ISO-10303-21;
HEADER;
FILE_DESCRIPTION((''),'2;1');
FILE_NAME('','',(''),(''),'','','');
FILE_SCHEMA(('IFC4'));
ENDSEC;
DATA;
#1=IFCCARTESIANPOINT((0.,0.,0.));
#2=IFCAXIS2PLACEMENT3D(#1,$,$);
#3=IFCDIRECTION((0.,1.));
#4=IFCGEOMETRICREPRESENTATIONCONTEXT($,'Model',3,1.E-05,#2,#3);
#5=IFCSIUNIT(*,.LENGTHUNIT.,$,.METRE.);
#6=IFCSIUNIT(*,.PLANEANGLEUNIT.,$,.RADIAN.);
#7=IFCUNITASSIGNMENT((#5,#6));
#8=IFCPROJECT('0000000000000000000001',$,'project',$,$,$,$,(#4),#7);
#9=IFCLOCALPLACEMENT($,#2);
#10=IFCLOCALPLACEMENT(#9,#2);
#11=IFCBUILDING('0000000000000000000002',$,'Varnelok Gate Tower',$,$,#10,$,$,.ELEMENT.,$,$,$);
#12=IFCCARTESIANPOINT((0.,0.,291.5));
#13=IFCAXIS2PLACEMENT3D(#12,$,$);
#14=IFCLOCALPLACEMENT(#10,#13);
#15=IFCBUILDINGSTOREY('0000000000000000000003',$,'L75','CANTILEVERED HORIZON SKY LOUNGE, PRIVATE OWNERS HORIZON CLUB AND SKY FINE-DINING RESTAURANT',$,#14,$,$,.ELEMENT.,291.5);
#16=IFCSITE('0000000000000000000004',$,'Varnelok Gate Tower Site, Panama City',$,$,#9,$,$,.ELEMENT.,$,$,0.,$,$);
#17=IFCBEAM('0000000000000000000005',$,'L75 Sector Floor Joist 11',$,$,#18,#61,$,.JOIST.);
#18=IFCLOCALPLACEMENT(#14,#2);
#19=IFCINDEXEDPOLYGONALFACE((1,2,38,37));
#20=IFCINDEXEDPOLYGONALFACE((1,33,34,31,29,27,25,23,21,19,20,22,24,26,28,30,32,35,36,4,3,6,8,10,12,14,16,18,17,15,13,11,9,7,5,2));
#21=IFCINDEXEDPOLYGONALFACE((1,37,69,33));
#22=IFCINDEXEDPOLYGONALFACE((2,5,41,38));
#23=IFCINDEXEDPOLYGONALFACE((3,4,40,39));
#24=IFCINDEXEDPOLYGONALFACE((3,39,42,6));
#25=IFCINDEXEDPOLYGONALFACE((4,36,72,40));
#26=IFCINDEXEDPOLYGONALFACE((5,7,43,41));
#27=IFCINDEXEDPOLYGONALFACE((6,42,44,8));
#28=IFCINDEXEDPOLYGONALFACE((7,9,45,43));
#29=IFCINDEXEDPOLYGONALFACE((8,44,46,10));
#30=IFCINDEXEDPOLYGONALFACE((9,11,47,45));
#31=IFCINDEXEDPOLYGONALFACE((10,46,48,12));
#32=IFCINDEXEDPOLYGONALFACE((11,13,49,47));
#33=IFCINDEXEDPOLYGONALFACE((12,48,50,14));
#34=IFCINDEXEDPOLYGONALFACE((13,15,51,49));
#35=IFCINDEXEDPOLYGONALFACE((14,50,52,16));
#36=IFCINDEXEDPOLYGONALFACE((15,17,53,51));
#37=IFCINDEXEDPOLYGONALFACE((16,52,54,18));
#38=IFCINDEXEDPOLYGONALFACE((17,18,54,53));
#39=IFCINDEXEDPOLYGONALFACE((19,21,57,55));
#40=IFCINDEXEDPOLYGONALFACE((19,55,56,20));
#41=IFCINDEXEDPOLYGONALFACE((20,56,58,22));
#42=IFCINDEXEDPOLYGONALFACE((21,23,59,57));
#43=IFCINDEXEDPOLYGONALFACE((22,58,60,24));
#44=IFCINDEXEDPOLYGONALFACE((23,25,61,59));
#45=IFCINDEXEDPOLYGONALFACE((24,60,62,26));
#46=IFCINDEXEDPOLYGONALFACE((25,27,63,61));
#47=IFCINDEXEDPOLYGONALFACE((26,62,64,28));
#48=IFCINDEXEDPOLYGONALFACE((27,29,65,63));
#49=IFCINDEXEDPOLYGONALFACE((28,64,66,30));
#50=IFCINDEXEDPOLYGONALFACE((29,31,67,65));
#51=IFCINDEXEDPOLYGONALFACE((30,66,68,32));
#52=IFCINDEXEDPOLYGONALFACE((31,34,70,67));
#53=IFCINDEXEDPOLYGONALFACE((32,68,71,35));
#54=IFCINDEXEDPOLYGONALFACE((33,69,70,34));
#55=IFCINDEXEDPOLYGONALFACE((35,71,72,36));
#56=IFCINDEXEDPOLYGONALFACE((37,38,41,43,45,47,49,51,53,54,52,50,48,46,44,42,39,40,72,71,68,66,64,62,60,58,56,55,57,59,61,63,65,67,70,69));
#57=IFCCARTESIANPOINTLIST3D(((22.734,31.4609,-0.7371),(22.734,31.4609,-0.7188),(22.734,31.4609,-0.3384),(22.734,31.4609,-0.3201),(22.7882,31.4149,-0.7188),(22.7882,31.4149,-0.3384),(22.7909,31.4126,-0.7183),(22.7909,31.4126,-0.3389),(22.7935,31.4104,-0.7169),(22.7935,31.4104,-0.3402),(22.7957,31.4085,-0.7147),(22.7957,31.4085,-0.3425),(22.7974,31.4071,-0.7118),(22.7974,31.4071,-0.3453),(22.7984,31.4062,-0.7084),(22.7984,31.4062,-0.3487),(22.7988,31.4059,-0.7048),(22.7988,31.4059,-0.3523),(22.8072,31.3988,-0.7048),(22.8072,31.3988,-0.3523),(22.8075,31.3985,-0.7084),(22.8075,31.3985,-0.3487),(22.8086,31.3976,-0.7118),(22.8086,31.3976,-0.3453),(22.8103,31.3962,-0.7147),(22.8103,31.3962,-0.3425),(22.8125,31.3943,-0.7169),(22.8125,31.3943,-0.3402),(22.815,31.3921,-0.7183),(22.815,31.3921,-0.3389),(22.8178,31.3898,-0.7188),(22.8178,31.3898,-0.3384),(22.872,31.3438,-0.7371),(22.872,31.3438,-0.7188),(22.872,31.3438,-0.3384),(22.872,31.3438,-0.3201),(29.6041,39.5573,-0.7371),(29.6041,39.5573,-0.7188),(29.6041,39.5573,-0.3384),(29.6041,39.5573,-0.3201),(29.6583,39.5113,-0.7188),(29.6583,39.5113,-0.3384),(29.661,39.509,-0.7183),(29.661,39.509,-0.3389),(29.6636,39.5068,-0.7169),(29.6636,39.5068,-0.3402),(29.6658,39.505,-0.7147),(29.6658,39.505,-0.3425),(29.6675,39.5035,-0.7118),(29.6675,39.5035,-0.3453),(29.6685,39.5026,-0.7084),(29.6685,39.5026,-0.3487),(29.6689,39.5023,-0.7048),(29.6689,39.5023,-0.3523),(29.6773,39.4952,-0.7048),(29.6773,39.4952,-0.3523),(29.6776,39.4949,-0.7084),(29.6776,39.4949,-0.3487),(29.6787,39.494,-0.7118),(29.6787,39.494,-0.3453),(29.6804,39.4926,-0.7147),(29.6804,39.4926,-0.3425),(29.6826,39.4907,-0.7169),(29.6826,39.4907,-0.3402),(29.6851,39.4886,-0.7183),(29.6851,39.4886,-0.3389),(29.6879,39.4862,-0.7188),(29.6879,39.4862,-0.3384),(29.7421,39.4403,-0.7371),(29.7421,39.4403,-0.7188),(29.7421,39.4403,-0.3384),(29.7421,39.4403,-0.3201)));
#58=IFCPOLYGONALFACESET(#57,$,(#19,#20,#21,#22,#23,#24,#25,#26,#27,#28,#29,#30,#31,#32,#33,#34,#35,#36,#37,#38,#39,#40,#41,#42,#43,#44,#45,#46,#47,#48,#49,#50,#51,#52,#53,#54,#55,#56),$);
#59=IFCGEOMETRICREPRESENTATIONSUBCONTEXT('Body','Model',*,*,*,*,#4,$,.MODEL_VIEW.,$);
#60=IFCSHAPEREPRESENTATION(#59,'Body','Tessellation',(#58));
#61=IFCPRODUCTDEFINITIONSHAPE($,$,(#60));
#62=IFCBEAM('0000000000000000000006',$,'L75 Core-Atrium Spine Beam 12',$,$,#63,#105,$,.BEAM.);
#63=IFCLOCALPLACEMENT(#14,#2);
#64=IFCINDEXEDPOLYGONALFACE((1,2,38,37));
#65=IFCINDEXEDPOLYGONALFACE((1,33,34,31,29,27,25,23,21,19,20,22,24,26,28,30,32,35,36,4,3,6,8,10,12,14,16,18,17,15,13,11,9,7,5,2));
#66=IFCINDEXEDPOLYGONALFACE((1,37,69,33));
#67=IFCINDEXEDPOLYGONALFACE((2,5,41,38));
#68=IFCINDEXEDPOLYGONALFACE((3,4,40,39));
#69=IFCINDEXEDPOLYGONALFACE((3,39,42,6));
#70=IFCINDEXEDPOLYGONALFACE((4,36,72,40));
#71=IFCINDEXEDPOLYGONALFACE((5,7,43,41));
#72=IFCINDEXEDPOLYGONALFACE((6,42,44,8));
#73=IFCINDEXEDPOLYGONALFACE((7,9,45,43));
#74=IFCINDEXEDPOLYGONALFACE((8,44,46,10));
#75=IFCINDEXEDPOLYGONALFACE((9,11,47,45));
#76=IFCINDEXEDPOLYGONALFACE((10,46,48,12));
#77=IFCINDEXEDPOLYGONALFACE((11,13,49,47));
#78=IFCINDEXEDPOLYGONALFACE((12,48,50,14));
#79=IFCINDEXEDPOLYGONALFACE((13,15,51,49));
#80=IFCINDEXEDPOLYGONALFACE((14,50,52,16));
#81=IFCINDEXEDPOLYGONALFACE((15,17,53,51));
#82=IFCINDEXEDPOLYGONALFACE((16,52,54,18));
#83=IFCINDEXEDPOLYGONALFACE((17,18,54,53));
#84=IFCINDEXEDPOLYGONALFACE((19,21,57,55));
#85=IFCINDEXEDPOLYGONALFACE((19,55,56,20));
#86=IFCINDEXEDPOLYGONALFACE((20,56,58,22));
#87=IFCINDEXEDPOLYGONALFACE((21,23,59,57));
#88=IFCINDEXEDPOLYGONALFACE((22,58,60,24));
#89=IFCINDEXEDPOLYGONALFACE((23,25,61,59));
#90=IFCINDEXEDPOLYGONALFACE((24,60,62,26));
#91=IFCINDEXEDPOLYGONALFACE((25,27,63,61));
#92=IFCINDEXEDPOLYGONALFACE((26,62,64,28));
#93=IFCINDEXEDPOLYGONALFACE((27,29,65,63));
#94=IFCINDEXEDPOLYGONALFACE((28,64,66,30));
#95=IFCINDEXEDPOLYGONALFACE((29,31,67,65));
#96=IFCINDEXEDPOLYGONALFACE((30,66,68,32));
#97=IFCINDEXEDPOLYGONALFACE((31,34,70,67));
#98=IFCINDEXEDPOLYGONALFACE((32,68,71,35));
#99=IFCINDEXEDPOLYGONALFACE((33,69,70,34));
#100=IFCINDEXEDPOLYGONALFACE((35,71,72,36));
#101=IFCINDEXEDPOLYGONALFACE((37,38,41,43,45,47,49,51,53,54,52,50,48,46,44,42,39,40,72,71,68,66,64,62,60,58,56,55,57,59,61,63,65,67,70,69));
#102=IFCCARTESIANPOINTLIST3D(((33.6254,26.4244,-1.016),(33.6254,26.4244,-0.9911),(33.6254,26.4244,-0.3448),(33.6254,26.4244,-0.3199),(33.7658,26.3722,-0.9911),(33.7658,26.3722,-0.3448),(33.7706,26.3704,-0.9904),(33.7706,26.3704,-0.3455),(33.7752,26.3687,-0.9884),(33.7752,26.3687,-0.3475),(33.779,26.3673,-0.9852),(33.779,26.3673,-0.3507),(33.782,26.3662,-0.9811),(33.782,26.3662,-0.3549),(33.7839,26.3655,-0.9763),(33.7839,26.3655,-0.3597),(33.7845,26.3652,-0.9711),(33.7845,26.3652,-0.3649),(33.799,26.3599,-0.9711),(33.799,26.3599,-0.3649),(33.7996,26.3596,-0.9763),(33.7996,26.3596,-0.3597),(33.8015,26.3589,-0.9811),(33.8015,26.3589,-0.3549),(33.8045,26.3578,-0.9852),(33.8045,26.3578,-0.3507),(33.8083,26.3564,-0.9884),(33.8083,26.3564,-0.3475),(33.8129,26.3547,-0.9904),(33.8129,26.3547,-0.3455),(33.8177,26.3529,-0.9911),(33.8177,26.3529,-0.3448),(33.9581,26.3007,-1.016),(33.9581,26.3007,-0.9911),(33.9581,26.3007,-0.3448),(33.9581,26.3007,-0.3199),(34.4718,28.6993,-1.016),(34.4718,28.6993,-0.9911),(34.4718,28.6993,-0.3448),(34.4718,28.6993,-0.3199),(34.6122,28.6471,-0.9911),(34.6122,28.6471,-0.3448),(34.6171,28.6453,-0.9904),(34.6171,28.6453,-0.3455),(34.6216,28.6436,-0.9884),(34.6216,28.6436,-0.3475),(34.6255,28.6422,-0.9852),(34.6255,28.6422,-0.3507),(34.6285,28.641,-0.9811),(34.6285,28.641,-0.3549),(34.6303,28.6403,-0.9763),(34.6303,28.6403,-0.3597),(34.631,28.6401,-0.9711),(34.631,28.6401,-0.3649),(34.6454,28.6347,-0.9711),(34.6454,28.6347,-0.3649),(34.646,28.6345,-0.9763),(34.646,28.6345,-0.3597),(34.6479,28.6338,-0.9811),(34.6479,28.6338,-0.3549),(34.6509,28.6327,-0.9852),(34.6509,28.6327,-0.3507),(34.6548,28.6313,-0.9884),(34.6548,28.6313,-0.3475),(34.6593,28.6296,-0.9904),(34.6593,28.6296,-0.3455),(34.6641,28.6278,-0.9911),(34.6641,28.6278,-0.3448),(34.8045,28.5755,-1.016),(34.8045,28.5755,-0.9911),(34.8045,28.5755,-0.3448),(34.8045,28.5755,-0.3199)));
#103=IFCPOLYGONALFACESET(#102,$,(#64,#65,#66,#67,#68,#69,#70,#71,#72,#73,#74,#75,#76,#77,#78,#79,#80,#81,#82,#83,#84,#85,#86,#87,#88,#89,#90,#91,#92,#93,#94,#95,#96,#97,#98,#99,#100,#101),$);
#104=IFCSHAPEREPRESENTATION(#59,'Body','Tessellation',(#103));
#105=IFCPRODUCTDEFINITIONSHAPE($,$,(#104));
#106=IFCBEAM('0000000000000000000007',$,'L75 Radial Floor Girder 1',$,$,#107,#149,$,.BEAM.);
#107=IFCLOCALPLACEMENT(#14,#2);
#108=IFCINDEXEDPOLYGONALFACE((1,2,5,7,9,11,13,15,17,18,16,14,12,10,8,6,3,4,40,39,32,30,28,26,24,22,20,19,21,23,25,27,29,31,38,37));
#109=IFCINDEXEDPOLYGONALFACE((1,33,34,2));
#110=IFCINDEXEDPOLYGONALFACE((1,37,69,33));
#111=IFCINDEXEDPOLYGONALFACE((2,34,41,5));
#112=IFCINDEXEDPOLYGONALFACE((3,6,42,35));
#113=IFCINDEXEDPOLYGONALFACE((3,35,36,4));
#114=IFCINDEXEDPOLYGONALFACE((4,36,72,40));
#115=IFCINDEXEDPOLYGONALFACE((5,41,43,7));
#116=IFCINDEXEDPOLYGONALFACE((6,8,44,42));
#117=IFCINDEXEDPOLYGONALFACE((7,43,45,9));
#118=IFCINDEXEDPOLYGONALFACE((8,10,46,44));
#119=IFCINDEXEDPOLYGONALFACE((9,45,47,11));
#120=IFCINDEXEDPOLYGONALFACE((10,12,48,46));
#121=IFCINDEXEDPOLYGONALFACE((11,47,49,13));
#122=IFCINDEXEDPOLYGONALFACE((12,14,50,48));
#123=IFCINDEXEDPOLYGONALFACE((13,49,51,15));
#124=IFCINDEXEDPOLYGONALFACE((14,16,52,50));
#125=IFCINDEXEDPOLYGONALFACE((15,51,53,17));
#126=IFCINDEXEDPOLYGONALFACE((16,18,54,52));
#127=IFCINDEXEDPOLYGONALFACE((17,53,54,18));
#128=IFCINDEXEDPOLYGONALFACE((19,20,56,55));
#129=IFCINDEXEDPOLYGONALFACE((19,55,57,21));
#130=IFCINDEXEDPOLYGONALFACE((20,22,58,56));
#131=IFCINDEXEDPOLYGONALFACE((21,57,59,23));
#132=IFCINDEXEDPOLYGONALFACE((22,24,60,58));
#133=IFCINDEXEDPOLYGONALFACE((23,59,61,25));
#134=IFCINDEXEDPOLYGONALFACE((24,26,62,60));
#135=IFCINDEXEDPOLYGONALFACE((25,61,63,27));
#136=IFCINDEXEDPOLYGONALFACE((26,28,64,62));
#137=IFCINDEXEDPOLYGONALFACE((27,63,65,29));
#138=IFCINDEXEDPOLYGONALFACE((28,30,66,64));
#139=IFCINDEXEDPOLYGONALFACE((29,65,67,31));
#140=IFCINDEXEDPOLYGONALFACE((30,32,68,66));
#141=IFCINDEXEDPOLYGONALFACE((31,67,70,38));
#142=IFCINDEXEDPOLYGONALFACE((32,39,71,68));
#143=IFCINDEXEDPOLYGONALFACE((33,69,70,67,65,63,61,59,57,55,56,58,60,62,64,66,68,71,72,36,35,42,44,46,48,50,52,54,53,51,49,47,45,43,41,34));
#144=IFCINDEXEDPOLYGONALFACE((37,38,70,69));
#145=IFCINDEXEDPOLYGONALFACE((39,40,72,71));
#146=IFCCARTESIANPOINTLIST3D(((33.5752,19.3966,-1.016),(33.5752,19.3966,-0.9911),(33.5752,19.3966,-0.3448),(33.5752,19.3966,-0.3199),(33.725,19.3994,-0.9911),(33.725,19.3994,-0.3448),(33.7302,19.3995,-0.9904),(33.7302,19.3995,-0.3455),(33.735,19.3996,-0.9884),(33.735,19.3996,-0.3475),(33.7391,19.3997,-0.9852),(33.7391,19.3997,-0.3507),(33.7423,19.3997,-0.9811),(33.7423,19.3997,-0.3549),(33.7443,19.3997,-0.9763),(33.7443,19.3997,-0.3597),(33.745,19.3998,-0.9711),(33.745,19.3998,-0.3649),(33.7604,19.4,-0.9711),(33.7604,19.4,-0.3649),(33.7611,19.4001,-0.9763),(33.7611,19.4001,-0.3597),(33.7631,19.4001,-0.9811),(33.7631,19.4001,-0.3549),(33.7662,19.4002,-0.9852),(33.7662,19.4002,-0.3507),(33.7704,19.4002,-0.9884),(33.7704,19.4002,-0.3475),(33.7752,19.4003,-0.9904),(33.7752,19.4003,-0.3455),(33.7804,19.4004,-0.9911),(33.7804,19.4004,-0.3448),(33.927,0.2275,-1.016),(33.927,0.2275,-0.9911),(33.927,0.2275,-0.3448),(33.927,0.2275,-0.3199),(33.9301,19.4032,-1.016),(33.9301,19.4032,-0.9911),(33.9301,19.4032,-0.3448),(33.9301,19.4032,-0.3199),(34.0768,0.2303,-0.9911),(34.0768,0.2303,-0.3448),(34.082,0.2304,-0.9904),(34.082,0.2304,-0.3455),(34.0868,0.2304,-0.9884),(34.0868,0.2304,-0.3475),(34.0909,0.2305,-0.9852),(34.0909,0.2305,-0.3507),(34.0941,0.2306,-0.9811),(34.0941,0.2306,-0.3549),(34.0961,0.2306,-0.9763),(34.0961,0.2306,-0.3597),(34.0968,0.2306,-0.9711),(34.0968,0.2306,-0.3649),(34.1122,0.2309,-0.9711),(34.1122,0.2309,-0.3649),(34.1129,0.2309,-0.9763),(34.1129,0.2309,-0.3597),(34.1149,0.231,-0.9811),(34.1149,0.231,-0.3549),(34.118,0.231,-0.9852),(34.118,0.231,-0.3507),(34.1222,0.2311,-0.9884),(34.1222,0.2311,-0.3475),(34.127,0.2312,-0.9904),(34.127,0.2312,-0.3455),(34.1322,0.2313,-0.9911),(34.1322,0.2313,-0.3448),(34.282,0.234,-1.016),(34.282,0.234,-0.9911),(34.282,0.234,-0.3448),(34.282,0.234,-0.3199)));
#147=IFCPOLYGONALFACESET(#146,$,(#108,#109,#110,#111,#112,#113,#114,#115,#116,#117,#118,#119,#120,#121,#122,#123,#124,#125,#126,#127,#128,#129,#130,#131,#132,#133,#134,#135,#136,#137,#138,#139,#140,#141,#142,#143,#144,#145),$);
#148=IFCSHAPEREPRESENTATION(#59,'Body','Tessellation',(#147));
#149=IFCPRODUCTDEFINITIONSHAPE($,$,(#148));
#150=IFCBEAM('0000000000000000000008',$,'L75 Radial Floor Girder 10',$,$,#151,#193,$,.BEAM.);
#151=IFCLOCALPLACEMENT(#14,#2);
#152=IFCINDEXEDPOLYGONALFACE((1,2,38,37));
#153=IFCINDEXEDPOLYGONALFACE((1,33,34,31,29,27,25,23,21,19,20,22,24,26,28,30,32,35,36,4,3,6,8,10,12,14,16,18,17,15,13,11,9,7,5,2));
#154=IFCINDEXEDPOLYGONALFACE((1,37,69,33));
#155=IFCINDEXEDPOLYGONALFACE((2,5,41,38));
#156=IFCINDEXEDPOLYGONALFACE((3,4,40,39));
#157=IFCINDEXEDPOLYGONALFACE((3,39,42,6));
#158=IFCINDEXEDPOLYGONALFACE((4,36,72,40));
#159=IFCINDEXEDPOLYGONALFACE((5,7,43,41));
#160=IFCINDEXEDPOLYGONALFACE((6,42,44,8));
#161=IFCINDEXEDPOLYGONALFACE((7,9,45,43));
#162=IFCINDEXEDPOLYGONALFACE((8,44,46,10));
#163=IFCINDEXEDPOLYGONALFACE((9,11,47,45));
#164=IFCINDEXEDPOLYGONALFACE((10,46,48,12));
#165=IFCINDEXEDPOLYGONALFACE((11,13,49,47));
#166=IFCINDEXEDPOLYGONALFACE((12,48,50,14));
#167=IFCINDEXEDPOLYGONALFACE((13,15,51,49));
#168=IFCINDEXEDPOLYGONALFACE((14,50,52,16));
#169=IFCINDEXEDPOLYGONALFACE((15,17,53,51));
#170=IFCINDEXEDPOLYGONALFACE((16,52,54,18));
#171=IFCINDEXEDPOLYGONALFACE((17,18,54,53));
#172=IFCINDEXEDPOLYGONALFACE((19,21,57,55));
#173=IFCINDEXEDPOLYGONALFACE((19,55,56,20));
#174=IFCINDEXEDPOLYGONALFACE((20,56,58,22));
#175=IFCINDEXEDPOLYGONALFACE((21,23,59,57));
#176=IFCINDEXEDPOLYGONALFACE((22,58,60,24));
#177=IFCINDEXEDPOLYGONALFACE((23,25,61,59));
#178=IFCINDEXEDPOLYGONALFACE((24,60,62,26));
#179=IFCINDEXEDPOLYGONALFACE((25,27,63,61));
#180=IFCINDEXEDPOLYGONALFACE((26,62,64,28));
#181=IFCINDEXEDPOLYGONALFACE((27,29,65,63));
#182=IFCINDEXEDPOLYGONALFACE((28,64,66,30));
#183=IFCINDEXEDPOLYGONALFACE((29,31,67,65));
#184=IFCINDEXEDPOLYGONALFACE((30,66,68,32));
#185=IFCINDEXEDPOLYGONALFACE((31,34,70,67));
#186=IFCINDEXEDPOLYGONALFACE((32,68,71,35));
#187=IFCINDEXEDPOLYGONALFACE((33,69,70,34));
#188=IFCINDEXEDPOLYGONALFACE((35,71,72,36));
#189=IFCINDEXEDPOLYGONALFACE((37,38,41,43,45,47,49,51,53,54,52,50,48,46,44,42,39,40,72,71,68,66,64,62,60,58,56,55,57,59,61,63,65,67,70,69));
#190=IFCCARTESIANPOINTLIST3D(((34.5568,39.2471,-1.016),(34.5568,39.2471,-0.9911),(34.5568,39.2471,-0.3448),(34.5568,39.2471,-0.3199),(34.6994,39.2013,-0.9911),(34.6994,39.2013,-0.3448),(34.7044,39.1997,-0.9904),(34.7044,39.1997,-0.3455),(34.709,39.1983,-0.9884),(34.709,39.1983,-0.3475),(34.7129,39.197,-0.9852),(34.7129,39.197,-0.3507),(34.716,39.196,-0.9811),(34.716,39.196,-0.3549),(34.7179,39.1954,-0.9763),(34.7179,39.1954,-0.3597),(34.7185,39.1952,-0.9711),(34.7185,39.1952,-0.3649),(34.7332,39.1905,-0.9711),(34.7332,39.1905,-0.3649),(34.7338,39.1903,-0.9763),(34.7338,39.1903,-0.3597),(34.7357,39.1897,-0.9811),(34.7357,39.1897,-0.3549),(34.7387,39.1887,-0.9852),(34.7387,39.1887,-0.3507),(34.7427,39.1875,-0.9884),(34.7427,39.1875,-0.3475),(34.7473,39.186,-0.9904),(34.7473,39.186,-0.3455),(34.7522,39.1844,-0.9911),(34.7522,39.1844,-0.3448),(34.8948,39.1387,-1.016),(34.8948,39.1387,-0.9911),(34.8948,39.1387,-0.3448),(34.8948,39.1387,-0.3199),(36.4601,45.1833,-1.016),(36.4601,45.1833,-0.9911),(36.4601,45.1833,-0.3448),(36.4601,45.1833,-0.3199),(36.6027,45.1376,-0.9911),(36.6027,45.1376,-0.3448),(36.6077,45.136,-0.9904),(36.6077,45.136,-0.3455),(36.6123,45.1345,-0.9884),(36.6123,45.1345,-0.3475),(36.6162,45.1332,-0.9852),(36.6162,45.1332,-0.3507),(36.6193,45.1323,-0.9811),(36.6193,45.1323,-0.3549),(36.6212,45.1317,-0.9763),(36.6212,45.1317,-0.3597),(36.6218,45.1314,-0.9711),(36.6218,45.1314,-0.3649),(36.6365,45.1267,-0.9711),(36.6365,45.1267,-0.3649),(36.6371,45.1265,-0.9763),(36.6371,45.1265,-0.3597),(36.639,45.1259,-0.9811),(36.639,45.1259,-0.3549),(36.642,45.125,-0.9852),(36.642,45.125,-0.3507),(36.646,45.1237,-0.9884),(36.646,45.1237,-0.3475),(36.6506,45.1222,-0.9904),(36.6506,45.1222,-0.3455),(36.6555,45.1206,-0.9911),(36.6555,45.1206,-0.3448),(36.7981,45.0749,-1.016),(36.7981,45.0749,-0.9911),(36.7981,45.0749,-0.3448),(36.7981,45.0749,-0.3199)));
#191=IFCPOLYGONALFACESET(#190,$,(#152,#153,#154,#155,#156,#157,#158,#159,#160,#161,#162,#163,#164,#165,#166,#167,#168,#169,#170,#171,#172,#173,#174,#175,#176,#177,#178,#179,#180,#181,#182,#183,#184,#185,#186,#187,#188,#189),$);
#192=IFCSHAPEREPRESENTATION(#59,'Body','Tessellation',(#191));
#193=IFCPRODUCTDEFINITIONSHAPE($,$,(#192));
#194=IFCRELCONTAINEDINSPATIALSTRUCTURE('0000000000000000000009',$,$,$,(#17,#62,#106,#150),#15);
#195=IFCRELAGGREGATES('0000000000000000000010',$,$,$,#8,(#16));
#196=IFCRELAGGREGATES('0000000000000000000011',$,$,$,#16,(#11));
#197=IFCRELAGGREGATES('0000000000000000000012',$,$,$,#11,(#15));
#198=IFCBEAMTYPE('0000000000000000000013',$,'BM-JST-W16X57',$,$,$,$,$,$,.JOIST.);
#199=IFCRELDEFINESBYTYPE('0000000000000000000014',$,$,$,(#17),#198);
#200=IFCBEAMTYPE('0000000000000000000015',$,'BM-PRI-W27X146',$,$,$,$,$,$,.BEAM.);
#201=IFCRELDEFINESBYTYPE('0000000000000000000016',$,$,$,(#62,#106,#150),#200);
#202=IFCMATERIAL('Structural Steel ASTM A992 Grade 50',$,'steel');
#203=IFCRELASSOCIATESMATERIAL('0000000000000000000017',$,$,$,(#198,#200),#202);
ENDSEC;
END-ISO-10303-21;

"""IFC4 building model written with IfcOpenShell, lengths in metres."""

from ifc_helpers import new_model, si_unit, direction, frame, origin, origin_2d, place, context, subcontext, project, spatial, i_section, extrude, material, material_profile, profile_set, type_object, element, save


model = new_model("IFC4")

# Units and contexts
model_context = context("Model", 3, precision=1e-05, world=origin(), true_north=direction((0.0, 1.0)))
body_context = subcontext(model_context, "Body", "Model", "MODEL_VIEW")
ifc_project = project(units=[si_unit("LENGTHUNIT", "METRE"), si_unit("PLANEANGLEUNIT", "RADIAN")], contexts=[model_context])

# Site, building, storey
site_placement = place(None, origin())
site = spatial("IfcSite", under=ifc_project, at=site_placement, Name="Varnelok Gate Tower Site, Panama City", CompositionType="ELEMENT", RefElevation=0.0)
building_placement = place(site_placement, origin())
building = spatial("IfcBuilding", under=site, at=building_placement, Name="Varnelok Gate Tower", CompositionType="ELEMENT")
storey_placement = place(building_placement, frame((0.0, 0.0, 291.5)))
storey = spatial("IfcBuildingStorey", under=building, at=storey_placement, Name="L75", Description="CANTILEVERED HORIZON SKY LOUNGE, PRIVATE OWNERS HORIZON CLUB AND SKY FINE-DINING RESTAURANT", CompositionType="ELEMENT", Elevation=291.5)

# Shared definitions
ifc_material_1 = material(Name="Structural Steel ASTM A992 Grade 50", Category="steel")

# Beams
ifc_material_profile_1 = material_profile(ifc_material_1, i_section(OverallWidth=0.1809, OverallDepth=0.417, WebThickness=0.011, FlangeThickness=0.0183, FilletRadius=0.0139, at=origin_2d()), Name="W16X57")
ifc_profile_set_1 = profile_set([ifc_material_profile_1], Name="Structural Steel ASTM A992 Grade 50")
beam_type_1 = type_object("IfcBeamType", Name="BM-JST-W16X57", PredefinedType="JOIST", material=ifc_profile_set_1)
beam_1_placement = place(storey_placement, frame((29.6731, 39.4988, -0.5286), z_axis=(-0.647, -0.76249, 0.0), x_axis=(0.76249, -0.647, 0.0)))
element("IfcBeam", 1, at=beam_1_placement, inside=storey, type_object=beam_type_1, Name="L75 Sector Floor Joist 11", PredefinedType="JOIST", context=body_context, shape_type="SweptSolid", body=[
    extrude(i_section(OverallWidth=0.1809, OverallDepth=0.417, WebThickness=0.011, FlangeThickness=0.0183, FilletRadius=0.0139, at=origin_2d()), origin(), (0.0, 0.0, 1.0), 10.6184),
])
ifc_material_profile_2 = material_profile(ifc_material_1, i_section(OverallWidth=0.355, OverallDepth=0.696, WebThickness=0.0154, FlangeThickness=0.0249, FilletRadius=0.02, at=origin_2d()), Name="W27X146")
ifc_profile_set_2 = profile_set([ifc_material_profile_2], Name="Structural Steel ASTM A992 Grade 50")
beam_type_2 = type_object("IfcBeamType", Name="BM-PRI-W27X146", PredefinedType="BEAM", material=ifc_profile_set_2)
beam_2_placement = place(storey_placement, frame((33.7917, 26.3625, -0.668), z_axis=(0.348719, 0.937227, 0.0), x_axis=(-0.937227, 0.348719, 0.0)))
element("IfcBeam", 2, at=beam_2_placement, inside=storey, type_object=beam_type_2, Name="L75 Core-Atrium Spine Beam 12", PredefinedType="BEAM", context=body_context, shape_type="SweptSolid", body=[
    extrude(i_section(OverallWidth=0.355, OverallDepth=0.696, WebThickness=0.0154, FlangeThickness=0.0249, FilletRadius=0.02, at=origin_2d()), origin(), (0.0, 0.0, 1.0), 2.4272),
])
beam_3_placement = place(storey_placement, frame((33.7527, 19.3999, -0.668), z_axis=(0.01835, -0.999832, 0.0), x_axis=(0.999832, 0.01835, 0.0)))
element("IfcBeam", 3, at=beam_3_placement, inside=storey, type_object=beam_type_2, Name="L75 Radial Floor Girder 1", PredefinedType="BEAM", context=body_context, shape_type="SweptSolid", body=[
    extrude(i_section(OverallWidth=0.355, OverallDepth=0.696, WebThickness=0.0154, FlangeThickness=0.0249, FilletRadius=0.02, at=origin_2d()), origin(), (0.0, 0.0, 1.0), 19.1724),
])
beam_4_placement = place(storey_placement, frame((34.7258, 39.1929, -0.668), z_axis=(0.305316, 0.952251, 0.0), x_axis=(-0.952251, 0.305316, 0.0)))
element("IfcBeam", 4, at=beam_4_placement, inside=storey, type_object=beam_type_2, Name="L75 Radial Floor Girder 10", PredefinedType="BEAM", context=body_context, shape_type="SweptSolid", body=[
    extrude(i_section(OverallWidth=0.355, OverallDepth=0.696, WebThickness=0.0154, FlangeThickness=0.0249, FilletRadius=0.02, at=origin_2d()), origin(), (0.0, 0.0, 1.0), 6.2339),
])

save(model, "model.ifc")
